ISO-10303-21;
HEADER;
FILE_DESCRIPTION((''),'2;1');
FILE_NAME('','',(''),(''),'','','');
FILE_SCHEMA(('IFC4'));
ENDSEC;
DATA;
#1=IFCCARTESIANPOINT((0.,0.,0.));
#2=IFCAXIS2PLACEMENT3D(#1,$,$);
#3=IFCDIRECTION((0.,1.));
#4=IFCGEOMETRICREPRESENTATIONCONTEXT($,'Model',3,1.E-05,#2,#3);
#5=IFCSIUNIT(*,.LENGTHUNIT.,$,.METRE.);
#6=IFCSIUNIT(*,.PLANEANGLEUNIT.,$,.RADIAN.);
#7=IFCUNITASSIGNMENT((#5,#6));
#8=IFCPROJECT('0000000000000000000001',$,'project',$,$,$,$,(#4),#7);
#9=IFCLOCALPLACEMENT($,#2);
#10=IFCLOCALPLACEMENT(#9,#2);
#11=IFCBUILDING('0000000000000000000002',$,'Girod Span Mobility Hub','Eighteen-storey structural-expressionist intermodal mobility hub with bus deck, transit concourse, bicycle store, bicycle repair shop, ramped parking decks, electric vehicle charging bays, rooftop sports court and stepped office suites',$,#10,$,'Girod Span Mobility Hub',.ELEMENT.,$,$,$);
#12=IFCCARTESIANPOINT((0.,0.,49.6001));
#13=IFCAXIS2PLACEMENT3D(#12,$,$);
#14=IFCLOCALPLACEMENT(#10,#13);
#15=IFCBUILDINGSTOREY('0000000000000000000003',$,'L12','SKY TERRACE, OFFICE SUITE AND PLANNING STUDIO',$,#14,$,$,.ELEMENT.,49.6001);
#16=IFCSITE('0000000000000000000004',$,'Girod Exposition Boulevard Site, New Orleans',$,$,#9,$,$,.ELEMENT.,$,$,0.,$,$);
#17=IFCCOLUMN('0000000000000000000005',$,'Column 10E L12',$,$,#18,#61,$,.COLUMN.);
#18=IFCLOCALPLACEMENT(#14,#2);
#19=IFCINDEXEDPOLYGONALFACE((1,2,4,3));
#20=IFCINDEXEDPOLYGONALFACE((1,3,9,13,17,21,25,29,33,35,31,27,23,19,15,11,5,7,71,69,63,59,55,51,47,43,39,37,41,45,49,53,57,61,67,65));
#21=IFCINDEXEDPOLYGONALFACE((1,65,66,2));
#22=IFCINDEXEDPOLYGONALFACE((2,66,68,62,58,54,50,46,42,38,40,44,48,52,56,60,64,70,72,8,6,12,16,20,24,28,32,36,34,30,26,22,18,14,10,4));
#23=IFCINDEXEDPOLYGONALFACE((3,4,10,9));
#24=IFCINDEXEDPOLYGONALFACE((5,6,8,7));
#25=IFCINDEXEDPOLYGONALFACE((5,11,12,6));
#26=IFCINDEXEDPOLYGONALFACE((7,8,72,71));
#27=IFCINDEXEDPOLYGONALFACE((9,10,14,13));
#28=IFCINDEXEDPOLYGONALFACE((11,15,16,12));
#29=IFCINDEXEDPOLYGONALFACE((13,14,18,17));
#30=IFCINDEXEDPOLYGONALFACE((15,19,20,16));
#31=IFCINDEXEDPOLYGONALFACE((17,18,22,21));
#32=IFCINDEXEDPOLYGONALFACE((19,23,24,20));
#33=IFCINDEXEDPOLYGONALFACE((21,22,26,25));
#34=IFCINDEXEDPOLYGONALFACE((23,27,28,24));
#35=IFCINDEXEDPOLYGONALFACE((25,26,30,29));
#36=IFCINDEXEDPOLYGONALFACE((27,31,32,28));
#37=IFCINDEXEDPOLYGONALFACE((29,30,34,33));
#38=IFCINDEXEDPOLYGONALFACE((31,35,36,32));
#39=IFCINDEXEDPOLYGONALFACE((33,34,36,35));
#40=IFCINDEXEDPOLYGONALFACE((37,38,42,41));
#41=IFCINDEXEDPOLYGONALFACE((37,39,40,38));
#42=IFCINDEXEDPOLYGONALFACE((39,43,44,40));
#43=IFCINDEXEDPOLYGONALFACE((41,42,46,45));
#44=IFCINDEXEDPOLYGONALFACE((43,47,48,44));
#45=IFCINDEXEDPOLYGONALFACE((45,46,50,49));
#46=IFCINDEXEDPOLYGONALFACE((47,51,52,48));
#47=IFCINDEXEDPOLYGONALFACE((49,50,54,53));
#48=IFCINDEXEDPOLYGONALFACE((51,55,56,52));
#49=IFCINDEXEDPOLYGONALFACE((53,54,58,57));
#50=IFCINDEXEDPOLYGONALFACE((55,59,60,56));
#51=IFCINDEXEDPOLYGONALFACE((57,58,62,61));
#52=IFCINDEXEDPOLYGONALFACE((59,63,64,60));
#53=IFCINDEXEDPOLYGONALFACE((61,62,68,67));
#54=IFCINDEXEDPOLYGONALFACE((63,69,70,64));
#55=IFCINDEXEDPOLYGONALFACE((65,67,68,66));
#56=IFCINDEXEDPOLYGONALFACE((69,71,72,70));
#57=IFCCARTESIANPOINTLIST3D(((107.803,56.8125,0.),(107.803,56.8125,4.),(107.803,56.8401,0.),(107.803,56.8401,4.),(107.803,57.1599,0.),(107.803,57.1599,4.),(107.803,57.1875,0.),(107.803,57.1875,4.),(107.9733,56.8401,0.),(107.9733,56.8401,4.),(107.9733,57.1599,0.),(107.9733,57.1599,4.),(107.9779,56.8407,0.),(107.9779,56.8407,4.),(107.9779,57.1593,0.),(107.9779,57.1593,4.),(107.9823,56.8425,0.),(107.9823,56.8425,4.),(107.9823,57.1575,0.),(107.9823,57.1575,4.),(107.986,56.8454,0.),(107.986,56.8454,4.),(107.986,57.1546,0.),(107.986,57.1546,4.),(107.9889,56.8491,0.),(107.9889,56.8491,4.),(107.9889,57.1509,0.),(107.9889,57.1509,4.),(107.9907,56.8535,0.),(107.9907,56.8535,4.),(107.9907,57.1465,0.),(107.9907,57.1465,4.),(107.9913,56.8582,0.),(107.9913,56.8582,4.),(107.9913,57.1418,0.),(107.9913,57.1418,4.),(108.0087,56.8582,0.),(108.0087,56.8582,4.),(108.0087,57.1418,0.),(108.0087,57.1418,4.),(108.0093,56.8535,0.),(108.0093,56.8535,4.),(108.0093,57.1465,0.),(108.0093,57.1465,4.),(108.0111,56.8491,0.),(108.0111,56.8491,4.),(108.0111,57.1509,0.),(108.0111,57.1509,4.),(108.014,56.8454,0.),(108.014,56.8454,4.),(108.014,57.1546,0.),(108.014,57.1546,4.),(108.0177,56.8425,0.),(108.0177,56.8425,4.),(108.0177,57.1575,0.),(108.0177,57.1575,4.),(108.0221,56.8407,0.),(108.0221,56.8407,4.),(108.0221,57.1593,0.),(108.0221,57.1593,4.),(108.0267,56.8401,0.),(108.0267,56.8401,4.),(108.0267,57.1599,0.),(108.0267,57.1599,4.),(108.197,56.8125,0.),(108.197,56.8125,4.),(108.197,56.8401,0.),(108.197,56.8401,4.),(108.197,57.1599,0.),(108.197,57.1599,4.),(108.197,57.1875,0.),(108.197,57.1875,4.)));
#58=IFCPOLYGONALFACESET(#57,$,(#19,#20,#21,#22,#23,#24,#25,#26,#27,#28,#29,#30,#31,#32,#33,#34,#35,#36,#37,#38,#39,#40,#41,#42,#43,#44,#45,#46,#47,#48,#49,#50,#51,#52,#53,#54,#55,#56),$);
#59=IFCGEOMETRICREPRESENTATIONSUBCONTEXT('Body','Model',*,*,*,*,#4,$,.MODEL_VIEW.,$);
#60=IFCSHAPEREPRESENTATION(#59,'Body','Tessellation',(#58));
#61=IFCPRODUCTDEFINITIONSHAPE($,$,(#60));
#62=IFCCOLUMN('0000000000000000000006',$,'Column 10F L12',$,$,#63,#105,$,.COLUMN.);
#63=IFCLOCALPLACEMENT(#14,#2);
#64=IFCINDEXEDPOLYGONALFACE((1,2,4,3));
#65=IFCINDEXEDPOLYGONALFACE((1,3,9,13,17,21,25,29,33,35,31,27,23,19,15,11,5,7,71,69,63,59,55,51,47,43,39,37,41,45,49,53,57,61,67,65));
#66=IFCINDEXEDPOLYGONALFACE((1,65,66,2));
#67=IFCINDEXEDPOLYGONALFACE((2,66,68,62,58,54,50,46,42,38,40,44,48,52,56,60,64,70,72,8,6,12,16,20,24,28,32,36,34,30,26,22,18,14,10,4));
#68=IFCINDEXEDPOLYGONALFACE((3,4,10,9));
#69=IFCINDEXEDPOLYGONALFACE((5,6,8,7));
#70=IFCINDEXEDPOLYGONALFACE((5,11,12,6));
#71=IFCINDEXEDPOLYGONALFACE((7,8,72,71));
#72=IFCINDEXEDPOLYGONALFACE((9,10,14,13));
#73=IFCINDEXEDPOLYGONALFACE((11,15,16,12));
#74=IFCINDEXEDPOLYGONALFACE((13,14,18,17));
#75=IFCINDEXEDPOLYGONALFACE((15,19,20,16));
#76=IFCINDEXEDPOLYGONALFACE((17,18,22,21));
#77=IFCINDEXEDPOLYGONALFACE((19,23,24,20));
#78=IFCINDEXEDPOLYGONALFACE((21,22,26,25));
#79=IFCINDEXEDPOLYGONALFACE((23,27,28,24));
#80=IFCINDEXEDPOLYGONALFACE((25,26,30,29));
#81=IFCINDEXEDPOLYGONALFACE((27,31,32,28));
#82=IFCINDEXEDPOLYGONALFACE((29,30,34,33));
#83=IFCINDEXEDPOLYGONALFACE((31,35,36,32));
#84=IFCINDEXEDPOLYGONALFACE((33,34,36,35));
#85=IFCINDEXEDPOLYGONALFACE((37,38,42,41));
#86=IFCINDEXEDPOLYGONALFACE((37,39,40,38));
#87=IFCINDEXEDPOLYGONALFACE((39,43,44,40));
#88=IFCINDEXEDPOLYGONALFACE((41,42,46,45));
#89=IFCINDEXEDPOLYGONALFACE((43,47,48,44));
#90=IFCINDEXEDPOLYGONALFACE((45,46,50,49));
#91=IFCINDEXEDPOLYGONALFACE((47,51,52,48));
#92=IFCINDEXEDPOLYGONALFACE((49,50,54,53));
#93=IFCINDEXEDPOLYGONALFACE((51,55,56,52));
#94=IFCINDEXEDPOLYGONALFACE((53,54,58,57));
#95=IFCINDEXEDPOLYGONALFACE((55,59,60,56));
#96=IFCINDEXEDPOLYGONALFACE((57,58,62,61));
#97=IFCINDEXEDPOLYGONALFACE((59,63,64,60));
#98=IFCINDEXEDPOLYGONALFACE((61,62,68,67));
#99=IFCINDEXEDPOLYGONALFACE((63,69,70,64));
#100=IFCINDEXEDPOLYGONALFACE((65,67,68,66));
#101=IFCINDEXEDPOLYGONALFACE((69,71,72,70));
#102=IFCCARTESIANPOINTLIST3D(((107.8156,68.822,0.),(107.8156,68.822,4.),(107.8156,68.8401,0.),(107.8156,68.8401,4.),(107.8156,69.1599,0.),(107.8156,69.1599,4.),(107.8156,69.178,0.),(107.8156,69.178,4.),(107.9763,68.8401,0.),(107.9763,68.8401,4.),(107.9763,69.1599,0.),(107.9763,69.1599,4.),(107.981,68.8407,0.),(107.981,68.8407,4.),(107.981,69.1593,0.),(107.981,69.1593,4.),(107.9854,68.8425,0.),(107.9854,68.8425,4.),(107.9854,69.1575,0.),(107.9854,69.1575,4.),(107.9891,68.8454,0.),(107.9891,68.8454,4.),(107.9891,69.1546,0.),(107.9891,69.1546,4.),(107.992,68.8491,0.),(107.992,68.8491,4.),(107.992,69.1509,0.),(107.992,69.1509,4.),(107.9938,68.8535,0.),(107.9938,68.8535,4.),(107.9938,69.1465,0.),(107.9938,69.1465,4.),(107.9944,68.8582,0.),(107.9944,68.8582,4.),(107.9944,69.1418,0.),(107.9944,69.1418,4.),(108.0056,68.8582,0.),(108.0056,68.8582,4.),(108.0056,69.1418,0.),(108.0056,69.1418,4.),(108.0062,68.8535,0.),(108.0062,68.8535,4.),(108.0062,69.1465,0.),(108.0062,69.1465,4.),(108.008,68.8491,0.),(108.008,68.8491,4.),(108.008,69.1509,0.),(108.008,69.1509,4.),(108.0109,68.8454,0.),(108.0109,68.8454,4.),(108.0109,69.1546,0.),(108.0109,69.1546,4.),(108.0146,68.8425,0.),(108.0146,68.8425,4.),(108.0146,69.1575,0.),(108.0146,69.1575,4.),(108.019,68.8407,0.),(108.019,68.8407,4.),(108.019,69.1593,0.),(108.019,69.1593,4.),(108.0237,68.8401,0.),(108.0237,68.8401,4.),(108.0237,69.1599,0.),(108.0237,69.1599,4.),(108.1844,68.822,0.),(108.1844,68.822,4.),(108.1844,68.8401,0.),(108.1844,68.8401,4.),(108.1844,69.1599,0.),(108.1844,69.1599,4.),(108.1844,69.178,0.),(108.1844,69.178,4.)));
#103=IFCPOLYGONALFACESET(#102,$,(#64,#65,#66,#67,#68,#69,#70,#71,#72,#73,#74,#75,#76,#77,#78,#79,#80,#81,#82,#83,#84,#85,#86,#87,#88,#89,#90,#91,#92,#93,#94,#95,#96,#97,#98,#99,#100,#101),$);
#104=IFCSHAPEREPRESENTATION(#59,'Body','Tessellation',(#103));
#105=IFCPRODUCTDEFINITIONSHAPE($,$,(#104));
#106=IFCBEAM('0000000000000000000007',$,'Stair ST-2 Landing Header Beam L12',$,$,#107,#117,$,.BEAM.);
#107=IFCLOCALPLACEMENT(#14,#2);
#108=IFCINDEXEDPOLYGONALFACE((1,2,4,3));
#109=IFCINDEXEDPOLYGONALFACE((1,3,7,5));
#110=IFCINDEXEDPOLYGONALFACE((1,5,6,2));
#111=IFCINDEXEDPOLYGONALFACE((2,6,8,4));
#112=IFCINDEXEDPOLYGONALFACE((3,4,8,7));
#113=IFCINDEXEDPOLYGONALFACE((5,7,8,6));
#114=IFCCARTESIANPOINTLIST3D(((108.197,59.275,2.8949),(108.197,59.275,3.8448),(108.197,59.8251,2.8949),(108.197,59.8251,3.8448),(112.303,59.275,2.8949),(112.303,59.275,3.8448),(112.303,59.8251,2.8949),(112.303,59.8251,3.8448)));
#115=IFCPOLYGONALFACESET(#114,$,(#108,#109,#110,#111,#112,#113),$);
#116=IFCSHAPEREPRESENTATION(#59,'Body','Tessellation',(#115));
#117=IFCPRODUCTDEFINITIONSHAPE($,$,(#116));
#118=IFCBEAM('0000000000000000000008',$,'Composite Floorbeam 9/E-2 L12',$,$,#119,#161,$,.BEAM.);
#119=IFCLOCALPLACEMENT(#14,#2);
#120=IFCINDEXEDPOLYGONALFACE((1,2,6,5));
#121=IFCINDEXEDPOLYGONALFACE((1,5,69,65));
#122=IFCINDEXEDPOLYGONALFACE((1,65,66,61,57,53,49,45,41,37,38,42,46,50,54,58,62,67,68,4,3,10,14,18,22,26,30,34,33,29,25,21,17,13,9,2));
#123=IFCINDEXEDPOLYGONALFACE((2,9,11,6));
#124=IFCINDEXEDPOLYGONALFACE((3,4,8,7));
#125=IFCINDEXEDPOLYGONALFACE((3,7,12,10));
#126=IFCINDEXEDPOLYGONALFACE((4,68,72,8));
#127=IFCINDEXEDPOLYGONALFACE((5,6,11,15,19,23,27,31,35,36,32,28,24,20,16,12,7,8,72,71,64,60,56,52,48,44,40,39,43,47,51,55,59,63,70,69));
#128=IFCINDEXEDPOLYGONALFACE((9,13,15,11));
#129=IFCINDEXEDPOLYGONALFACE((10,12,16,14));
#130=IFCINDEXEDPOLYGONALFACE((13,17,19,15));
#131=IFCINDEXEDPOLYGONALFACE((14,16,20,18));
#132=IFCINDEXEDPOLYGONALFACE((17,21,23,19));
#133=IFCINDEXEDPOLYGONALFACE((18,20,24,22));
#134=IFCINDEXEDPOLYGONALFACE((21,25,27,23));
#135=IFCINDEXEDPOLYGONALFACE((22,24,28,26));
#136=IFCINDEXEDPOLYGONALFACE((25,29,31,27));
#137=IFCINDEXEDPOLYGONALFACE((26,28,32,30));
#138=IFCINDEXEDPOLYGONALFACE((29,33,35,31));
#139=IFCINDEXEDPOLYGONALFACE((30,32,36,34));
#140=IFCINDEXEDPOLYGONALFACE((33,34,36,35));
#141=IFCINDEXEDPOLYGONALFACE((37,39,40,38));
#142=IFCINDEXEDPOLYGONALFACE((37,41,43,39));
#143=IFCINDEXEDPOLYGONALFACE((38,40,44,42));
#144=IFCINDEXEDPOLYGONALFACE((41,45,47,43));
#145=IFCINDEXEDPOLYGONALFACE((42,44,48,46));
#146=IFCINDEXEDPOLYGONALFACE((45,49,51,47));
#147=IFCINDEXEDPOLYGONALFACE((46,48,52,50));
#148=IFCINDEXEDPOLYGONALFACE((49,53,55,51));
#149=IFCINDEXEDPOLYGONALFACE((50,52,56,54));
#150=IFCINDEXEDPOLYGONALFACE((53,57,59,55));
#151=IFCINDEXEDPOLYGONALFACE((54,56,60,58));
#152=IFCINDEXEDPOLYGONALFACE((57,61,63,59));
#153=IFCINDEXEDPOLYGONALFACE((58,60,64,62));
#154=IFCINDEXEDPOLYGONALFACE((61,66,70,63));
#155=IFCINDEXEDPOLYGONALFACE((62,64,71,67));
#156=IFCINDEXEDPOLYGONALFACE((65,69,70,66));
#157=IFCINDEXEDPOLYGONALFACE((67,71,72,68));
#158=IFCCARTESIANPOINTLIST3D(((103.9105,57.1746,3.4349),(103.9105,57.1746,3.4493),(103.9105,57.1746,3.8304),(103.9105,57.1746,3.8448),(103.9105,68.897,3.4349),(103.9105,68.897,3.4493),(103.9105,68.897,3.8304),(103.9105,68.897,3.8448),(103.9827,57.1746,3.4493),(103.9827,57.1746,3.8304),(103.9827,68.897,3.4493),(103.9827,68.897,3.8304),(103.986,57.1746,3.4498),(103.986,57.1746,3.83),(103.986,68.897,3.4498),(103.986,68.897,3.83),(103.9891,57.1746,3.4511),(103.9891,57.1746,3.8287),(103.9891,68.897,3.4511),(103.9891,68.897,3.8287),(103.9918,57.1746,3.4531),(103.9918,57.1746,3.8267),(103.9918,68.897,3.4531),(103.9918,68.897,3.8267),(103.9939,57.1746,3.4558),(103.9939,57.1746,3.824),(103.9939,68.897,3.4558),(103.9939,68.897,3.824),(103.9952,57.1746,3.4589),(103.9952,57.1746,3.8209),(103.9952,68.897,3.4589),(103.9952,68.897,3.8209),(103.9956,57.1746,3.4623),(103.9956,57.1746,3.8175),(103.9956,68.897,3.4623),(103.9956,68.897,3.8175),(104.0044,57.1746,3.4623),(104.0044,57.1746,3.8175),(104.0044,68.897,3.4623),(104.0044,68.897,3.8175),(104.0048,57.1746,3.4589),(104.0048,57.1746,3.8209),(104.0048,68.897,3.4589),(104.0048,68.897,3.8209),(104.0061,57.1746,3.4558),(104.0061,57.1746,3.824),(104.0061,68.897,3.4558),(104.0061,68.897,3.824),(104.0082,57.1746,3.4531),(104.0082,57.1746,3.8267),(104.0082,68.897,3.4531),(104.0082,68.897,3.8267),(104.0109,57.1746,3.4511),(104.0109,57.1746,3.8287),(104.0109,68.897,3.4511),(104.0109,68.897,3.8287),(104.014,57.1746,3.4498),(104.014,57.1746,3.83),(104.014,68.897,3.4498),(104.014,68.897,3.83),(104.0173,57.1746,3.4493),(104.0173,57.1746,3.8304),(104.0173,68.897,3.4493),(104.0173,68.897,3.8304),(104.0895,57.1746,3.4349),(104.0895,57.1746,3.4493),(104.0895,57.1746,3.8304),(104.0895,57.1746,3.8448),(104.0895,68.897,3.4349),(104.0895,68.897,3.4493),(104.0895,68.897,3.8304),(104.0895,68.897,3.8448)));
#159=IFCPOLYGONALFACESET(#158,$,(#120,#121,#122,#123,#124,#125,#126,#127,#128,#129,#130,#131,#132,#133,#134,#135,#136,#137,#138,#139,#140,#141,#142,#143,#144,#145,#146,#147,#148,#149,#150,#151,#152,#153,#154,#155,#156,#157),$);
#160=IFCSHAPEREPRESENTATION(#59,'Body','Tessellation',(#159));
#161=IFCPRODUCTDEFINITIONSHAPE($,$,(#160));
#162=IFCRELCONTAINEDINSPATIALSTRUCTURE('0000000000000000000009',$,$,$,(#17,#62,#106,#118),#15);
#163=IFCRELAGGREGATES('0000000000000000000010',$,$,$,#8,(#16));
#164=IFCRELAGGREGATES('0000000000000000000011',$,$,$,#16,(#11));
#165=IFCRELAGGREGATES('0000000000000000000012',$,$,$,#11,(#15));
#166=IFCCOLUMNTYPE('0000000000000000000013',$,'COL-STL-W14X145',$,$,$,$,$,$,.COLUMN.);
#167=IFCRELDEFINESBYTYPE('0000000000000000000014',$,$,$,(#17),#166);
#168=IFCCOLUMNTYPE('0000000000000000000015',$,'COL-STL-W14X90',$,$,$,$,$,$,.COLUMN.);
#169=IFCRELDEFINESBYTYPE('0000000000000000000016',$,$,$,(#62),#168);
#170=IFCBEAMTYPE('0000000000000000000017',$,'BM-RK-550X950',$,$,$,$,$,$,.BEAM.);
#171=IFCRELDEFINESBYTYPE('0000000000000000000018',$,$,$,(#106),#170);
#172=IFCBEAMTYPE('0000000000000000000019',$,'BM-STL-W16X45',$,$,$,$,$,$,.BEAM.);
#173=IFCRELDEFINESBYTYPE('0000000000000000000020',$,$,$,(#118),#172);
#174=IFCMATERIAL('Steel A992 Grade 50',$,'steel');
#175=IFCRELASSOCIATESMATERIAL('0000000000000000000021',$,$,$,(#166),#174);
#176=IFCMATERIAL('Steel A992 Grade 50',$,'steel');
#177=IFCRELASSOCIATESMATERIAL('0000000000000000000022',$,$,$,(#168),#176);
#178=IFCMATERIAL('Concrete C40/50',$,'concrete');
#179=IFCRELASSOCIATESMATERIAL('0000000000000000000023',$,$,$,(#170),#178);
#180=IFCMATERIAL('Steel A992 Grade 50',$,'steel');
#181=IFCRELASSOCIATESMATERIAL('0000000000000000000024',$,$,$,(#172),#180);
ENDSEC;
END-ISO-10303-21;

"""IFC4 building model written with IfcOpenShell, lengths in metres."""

from ifc_helpers import new_model, si_unit, direction, frame, origin, origin_2d, place, context, subcontext, project, spatial, rectangle, i_section, extrude, material, material_profile, profile_set, type_object, element, save


model = new_model("IFC4")

# Units and contexts
model_context = context("Model", 3, precision=1e-05, world=origin(), true_north=direction((0.0, 1.0)))
body_context = subcontext(model_context, "Body", "Model", "MODEL_VIEW")
ifc_project = project(units=[si_unit("LENGTHUNIT", "METRE"), si_unit("PLANEANGLEUNIT", "RADIAN")], contexts=[model_context])

# Site, building, storey
site_placement = place(None, origin())
site = spatial("IfcSite", under=ifc_project, at=site_placement, Name="Girod Exposition Boulevard Site, New Orleans", CompositionType="ELEMENT", RefElevation=0.0)
building_placement = place(site_placement, origin())
building = spatial("IfcBuilding", under=site, at=building_placement, Name="Girod Span Mobility Hub", Description="Eighteen-storey structural-expressionist intermodal mobility hub with bus deck, transit concourse, bicycle store, bicycle repair shop, ramped parking decks, electric vehicle charging bays, rooftop sports court and stepped office suites", LongName="Girod Span Mobility Hub", CompositionType="ELEMENT")
storey_placement = place(building_placement, frame((0.0, 0.0, 49.6001)))
storey = spatial("IfcBuildingStorey", under=building, at=storey_placement, Name="L12", Description="SKY TERRACE, OFFICE SUITE AND PLANNING STUDIO", CompositionType="ELEMENT", Elevation=49.6001)

# Columns
ifc_material_1 = material(Name="Steel A992 Grade 50", Category="steel")
ifc_material_profile_1 = material_profile(ifc_material_1, i_section(OverallWidth=0.394, OverallDepth=0.375, WebThickness=0.0173, FlangeThickness=0.0276, FilletRadius=0.0181, at=origin_2d()), Name="W14X145")
ifc_profile_set_1 = profile_set([ifc_material_profile_1], Name="Steel A992 Grade 50")
column_type_1 = type_object("IfcColumnType", Name="COL-STL-W14X145", PredefinedType="COLUMN", material=ifc_profile_set_1)
column_1_placement = place(storey_placement, frame((108.0, 57.0, 0.0), z_axis=(0.0, 0.0, 1.0), x_axis=(1.0, 0.0, 0.0)))
element("IfcColumn", 1, at=column_1_placement, inside=storey, type_object=column_type_1, Name="Column 10E L12", PredefinedType="COLUMN", context=body_context, shape_type="SweptSolid", body=[
    extrude(i_section(OverallWidth=0.394, OverallDepth=0.375, WebThickness=0.0173, FlangeThickness=0.0276, FilletRadius=0.0181, at=origin_2d()), origin(), (0.0, 0.0, 1.0), 4.0),
])
ifc_material_2 = material(Name="Steel A992 Grade 50", Category="steel")
ifc_material_profile_2 = material_profile(ifc_material_2, i_section(OverallWidth=0.3689, OverallDepth=0.356, WebThickness=0.0112, FlangeThickness=0.0181, FilletRadius=0.0181, at=origin_2d()), Name="W14X90")
ifc_profile_set_2 = profile_set([ifc_material_profile_2], Name="Steel A992 Grade 50")
column_type_2 = type_object("IfcColumnType", Name="COL-STL-W14X90", PredefinedType="COLUMN", material=ifc_profile_set_2)
column_2_placement = place(storey_placement, frame((108.0, 69.0, 0.0), z_axis=(0.0, 0.0, 1.0), x_axis=(1.0, 0.0, 0.0)))
element("IfcColumn", 2, at=column_2_placement, inside=storey, type_object=column_type_2, Name="Column 10F L12", PredefinedType="COLUMN", context=body_context, shape_type="SweptSolid", body=[
    extrude(i_section(OverallWidth=0.3689, OverallDepth=0.356, WebThickness=0.0112, FlangeThickness=0.0181, FilletRadius=0.0181, at=origin_2d()), origin(), (0.0, 0.0, 1.0), 4.0),
])

# Beams
ifc_material_3 = material(Name="Concrete C40/50", Category="concrete")
ifc_material_profile_3 = material_profile(ifc_material_3, rectangle(XDim=0.55, YDim=0.95, at=origin_2d()), Name="RK-550X950")
ifc_profile_set_3 = profile_set([ifc_material_profile_3], Name="Concrete C40/50")
beam_type_1 = type_object("IfcBeamType", Name="BM-RK-550X950", PredefinedType="BEAM", material=ifc_profile_set_3)
beam_1_placement = place(storey_placement, frame((108.197, 59.55, 3.3699), z_axis=(1.0, 0.0, 0.0), x_axis=(0.0, 1.0, 0.0)))
element("IfcBeam", 3, at=beam_1_placement, inside=storey, type_object=beam_type_1, Name="Stair ST-2 Landing Header Beam L12", PredefinedType="BEAM", context=body_context, shape_type="SweptSolid", body=[
    extrude(rectangle(XDim=0.55, YDim=0.95, at=origin_2d()), origin(), (0.0, 0.0, 1.0), 4.106),
])
ifc_material_4 = material(Name="Steel A992 Grade 50", Category="steel")
ifc_material_profile_4 = material_profile(ifc_material_4, i_section(OverallWidth=0.179, OverallDepth=0.4099, WebThickness=0.0088, FlangeThickness=0.0144, FilletRadius=0.0129, at=origin_2d()), Name="W16X45")
ifc_profile_set_4 = profile_set([ifc_material_profile_4], Name="Steel A992 Grade 50")
beam_type_2 = type_object("IfcBeamType", Name="BM-STL-W16X45", PredefinedType="BEAM", material=ifc_profile_set_4)
beam_2_placement = place(storey_placement, frame((104.0, 57.1746, 3.6399), z_axis=(0.0, 1.0, 0.0), x_axis=(-1.0, 0.0, 0.0)))
element("IfcBeam", 4, at=beam_2_placement, inside=storey, type_object=beam_type_2, Name="Composite Floorbeam 9/E-2 L12", PredefinedType="BEAM", context=body_context, shape_type="SweptSolid", body=[
    extrude(i_section(OverallWidth=0.179, OverallDepth=0.4099, WebThickness=0.0088, FlangeThickness=0.0144, FilletRadius=0.0129, at=origin_2d()), origin(), (0.0, 0.0, 1.0), 11.7224),
])

save(model, "model.ifc")
